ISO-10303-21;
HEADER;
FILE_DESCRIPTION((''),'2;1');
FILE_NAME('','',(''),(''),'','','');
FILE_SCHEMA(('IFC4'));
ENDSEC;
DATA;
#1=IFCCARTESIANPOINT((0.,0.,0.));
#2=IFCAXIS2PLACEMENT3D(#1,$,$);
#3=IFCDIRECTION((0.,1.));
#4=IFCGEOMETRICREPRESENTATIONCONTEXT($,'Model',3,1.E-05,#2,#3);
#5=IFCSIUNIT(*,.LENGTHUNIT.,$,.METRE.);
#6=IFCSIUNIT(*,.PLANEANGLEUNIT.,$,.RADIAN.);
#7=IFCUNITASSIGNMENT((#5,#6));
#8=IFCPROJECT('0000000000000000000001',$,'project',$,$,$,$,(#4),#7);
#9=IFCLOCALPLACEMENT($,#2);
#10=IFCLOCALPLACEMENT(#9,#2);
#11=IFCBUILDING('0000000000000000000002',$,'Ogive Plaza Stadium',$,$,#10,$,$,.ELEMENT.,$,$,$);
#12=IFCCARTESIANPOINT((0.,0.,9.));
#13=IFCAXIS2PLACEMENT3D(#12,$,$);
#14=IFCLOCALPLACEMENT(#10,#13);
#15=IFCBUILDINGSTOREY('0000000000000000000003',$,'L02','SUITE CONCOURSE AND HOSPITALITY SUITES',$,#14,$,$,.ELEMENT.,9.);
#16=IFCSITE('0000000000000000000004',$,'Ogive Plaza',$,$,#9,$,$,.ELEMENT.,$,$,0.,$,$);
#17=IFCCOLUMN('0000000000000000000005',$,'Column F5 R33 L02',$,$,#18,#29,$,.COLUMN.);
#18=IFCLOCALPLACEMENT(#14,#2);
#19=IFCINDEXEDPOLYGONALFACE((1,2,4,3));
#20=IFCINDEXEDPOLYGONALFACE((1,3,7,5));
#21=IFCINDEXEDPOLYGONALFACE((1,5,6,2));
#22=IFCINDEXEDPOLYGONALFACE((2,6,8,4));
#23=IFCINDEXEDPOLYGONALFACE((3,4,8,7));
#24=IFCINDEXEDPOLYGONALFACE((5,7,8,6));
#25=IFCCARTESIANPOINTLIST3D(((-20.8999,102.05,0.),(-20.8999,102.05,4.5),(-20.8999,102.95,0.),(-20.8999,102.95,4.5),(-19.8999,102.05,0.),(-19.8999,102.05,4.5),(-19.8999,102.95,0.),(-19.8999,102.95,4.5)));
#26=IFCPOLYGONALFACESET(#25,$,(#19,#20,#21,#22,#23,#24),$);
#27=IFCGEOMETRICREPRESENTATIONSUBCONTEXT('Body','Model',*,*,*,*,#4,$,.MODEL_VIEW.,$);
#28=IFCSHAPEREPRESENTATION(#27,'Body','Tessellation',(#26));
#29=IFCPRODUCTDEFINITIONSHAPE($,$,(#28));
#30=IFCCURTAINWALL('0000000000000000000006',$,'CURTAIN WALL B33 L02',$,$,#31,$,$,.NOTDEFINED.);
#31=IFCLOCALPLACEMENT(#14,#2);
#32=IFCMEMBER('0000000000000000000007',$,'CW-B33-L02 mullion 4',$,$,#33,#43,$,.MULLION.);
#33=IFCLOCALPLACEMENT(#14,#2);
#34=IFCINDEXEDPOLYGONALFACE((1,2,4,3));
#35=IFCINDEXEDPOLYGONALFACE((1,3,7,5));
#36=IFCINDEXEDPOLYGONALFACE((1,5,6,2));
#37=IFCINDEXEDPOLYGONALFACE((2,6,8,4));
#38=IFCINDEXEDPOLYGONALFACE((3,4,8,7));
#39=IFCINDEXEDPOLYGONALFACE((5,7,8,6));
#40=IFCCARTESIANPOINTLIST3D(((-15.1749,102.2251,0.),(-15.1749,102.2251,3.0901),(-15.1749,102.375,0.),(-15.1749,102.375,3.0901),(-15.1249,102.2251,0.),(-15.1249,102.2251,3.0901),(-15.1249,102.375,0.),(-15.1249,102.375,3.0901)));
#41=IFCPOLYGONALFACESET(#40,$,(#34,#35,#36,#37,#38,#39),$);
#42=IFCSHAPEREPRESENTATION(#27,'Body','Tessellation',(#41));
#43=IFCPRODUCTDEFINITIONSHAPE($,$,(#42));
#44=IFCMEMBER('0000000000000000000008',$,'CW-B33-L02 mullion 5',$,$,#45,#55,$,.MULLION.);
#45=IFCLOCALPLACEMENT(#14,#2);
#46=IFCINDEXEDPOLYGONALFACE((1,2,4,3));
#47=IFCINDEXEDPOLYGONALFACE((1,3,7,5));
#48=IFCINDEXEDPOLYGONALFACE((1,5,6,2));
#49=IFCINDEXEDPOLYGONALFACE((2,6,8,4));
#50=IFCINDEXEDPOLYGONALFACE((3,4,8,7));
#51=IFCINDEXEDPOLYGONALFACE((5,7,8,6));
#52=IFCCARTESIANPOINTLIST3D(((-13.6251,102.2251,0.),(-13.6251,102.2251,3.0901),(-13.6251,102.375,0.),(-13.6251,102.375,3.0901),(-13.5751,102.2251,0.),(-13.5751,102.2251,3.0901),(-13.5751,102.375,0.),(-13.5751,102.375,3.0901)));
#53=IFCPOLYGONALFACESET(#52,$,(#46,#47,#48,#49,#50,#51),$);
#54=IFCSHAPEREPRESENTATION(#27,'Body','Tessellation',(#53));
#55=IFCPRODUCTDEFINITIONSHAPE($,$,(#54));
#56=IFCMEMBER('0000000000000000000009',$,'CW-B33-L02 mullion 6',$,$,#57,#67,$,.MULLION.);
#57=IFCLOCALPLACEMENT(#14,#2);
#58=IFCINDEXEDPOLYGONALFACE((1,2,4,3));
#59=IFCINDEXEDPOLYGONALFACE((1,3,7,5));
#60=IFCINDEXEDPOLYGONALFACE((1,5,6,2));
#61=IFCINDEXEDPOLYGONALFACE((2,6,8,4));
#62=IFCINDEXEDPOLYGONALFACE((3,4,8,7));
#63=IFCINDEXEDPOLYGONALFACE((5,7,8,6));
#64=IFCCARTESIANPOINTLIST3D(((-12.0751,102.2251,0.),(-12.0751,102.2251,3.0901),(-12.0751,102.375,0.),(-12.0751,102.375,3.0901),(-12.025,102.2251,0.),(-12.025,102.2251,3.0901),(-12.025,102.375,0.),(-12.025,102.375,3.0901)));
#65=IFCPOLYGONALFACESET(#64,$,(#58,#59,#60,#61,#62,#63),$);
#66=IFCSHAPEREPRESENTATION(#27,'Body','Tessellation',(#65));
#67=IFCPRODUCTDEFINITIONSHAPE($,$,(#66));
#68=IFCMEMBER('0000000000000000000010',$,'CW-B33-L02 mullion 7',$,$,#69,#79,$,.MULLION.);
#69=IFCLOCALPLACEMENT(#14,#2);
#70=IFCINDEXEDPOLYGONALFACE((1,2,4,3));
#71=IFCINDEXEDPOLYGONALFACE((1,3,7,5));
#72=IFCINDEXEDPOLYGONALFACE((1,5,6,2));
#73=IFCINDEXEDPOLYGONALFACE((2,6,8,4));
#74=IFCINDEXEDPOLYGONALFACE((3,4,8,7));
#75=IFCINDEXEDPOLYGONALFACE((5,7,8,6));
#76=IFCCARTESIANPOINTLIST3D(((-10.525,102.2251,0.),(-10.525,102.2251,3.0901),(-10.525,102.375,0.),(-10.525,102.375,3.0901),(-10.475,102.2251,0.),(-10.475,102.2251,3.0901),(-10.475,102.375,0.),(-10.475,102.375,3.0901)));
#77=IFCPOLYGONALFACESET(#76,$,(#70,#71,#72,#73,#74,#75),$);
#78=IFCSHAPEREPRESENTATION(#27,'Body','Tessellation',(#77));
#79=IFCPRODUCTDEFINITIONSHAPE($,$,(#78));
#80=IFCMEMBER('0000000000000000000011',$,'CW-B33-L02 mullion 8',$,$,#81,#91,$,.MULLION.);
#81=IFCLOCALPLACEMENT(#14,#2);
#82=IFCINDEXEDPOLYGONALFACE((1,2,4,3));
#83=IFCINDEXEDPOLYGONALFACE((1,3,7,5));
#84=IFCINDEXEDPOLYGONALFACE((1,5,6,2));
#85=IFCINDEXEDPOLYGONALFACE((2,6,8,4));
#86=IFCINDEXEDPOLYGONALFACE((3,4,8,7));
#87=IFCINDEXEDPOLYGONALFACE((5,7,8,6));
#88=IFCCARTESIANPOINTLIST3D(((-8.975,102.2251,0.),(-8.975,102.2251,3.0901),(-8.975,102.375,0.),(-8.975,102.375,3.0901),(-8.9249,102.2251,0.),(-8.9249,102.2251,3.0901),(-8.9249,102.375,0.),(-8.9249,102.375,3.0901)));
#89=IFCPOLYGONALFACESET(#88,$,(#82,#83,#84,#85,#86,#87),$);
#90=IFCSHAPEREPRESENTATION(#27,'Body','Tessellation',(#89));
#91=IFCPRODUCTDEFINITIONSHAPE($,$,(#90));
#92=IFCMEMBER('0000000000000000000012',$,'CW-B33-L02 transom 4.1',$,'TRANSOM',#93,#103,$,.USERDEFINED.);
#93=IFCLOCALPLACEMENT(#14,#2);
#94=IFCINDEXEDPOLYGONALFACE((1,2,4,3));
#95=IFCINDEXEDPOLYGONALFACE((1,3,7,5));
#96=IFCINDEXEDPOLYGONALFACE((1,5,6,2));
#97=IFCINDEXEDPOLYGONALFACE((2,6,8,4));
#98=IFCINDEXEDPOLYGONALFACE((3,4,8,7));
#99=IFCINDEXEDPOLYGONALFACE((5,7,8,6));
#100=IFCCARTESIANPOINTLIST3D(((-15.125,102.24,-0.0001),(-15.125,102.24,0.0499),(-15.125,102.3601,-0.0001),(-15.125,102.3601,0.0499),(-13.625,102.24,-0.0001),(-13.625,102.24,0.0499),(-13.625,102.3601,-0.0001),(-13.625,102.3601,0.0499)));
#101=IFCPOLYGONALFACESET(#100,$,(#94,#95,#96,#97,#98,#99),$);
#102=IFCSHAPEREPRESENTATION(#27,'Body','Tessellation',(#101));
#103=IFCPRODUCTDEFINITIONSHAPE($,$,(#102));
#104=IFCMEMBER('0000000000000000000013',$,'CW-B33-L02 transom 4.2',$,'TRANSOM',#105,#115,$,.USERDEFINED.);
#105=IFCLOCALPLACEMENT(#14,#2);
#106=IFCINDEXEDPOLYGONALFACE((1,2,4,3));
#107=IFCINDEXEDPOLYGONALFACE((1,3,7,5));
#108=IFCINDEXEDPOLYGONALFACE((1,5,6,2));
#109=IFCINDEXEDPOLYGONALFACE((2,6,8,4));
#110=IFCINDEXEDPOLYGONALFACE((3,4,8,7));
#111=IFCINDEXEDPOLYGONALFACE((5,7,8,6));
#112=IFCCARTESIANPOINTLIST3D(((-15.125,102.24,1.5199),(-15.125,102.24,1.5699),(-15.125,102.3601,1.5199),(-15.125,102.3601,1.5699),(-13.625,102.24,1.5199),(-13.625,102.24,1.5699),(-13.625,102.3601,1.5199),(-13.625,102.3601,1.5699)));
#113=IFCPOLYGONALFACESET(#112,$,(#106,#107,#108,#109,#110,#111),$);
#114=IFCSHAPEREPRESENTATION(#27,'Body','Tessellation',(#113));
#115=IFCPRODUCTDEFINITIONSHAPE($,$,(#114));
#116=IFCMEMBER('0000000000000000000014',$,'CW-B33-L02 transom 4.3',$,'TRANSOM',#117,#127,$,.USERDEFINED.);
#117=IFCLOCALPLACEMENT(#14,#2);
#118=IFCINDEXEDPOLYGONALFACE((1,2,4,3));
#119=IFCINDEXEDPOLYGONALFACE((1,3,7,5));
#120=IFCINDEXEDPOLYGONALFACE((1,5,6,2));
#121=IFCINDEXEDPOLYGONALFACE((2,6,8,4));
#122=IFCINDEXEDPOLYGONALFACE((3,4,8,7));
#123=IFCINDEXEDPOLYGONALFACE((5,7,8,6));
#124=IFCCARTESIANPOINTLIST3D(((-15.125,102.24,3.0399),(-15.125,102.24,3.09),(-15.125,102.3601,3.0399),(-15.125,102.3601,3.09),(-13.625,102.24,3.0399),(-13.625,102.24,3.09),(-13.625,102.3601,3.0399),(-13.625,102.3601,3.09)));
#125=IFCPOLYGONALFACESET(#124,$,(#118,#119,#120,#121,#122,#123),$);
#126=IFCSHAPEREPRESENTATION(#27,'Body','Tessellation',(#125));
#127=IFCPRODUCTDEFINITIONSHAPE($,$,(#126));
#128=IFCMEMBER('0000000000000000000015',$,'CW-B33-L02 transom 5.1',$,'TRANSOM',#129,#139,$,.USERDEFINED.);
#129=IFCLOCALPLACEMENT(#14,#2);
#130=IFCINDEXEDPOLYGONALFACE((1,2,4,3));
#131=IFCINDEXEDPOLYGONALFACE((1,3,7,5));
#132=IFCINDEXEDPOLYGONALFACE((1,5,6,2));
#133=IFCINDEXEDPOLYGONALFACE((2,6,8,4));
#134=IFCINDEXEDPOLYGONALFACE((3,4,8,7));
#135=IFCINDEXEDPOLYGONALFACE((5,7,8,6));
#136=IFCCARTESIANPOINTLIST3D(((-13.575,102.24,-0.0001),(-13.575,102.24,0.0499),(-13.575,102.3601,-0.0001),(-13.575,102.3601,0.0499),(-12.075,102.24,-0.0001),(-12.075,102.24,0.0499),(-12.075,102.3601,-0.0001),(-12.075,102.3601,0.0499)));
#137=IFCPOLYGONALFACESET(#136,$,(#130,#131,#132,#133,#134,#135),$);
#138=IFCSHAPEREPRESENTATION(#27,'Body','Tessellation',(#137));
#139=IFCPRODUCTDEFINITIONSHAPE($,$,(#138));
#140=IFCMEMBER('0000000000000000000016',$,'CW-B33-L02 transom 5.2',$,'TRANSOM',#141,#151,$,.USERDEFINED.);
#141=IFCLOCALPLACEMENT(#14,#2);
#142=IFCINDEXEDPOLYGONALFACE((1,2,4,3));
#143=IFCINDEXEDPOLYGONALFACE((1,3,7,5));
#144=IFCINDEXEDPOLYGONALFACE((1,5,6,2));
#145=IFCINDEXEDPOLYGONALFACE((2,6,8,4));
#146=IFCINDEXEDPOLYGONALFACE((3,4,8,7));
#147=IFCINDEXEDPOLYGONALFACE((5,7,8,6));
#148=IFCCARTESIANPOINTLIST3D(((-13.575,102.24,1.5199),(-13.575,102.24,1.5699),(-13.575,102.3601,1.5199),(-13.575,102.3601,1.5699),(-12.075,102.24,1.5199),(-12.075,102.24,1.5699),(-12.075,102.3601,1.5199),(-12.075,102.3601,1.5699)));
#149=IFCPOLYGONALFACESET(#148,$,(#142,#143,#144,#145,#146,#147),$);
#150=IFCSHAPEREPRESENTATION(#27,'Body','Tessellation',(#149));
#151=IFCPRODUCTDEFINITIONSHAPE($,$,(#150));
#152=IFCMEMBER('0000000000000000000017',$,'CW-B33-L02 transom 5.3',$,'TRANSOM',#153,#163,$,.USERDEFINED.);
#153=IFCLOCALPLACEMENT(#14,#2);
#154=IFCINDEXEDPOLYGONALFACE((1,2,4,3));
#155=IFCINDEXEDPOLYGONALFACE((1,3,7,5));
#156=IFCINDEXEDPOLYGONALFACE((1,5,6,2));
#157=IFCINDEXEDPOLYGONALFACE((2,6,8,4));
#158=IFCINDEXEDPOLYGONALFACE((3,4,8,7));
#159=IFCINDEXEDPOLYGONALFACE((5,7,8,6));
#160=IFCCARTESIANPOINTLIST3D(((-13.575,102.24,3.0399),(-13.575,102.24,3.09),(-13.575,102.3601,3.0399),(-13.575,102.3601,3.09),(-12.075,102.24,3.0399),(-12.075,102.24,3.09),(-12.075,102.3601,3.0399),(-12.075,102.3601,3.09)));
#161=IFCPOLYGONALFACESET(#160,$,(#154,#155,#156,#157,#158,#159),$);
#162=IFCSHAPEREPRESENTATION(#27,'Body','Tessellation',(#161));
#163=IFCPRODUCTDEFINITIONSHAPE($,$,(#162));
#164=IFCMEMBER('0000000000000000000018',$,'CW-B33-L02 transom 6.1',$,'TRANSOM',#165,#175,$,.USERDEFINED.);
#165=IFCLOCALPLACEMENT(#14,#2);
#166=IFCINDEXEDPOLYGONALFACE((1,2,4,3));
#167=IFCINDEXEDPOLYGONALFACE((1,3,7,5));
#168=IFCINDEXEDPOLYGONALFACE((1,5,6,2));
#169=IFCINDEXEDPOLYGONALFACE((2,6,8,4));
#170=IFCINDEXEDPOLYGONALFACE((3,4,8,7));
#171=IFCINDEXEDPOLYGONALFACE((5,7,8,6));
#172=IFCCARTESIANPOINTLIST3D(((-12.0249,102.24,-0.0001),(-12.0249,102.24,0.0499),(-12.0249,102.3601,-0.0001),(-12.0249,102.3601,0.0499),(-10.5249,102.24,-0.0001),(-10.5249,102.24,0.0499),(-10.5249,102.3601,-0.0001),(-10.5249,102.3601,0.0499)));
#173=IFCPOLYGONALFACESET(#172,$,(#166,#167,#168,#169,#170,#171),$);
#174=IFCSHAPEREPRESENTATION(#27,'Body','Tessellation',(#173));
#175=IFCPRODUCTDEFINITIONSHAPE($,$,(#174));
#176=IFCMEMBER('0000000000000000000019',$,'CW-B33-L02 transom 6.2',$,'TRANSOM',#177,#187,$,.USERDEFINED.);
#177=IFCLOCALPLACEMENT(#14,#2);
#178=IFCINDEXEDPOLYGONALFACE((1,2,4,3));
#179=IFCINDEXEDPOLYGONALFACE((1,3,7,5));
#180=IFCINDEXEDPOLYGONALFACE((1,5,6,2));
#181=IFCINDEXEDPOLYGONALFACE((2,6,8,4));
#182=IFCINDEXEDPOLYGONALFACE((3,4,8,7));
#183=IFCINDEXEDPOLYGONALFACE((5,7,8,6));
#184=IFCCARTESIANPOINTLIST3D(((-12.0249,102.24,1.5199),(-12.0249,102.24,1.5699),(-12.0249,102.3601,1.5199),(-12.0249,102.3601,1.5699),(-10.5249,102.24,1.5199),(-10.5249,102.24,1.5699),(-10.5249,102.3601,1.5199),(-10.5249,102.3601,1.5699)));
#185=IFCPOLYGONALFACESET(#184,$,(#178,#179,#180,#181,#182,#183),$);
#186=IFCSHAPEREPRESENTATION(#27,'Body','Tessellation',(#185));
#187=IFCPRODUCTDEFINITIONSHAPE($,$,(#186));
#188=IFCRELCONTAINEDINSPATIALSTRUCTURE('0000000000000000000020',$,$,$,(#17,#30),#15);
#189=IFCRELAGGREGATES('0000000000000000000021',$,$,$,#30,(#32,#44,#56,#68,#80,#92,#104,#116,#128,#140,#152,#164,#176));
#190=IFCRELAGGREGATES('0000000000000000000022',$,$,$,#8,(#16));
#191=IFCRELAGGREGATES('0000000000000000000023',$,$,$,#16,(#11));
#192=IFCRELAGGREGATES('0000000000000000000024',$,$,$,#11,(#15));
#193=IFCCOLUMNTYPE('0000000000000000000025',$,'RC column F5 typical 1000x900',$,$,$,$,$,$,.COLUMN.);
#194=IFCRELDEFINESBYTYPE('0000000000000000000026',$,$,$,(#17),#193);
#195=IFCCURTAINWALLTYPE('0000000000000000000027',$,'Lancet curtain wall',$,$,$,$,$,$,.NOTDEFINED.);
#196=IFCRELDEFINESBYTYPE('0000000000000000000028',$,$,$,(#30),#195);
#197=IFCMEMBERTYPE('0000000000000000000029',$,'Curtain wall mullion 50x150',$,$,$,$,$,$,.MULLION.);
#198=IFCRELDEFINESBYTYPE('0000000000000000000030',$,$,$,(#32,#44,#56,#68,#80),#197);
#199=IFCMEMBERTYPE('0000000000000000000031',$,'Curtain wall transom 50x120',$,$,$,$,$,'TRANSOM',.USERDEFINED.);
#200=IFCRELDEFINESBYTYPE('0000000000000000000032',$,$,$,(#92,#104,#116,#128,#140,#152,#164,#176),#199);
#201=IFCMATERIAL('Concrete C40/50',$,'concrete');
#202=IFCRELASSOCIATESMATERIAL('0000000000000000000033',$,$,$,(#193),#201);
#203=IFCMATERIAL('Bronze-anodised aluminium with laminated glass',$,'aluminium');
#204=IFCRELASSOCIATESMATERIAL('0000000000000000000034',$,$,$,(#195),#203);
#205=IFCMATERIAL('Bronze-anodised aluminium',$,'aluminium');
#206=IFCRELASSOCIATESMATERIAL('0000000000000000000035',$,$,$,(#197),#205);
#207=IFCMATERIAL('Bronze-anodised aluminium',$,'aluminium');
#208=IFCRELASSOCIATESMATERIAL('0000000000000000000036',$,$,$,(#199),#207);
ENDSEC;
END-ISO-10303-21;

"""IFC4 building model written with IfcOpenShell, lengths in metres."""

from ifc_helpers import new_model, si_unit, direction, frame, origin, origin_2d, place, context, subcontext, project, spatial, rectangle, extrude, material, material_profile, profile_set, type_object, element, aggregate, save


model = new_model("IFC4")

# Units and contexts
model_context = context("Model", 3, precision=1e-05, world=origin(), true_north=direction((0.0, 1.0)))
body_context = subcontext(model_context, "Body", "Model", "MODEL_VIEW")
ifc_project = project(units=[si_unit("LENGTHUNIT", "METRE"), si_unit("PLANEANGLEUNIT", "RADIAN")], contexts=[model_context])

# Site, building, storey
site_placement = place(None, origin())
site = spatial("IfcSite", under=ifc_project, at=site_placement, Name="Ogive Plaza", CompositionType="ELEMENT", RefElevation=0.0)
building_placement = place(site_placement, origin())
building = spatial("IfcBuilding", under=site, at=building_placement, Name="Ogive Plaza Stadium", CompositionType="ELEMENT")
storey_placement = place(building_placement, frame((0.0, 0.0, 9.0)))
storey = spatial("IfcBuildingStorey", under=building, at=storey_placement, Name="L02", Description="SUITE CONCOURSE AND HOSPITALITY SUITES", CompositionType="ELEMENT", Elevation=9.0)

# Column
ifc_material_1 = material(Name="Concrete C40/50", Category="concrete")
ifc_material_profile_1 = material_profile(ifc_material_1, rectangle(XDim=1.0, YDim=0.8999, at=origin_2d()), Name="RC 1000x900")
ifc_profile_set_1 = profile_set([ifc_material_profile_1], Name="Concrete C40/50")
column_type = type_object("IfcColumnType", Name="RC column F5 typical 1000x900", PredefinedType="COLUMN", material=ifc_profile_set_1)
column_placement = place(storey_placement, frame((-20.3999, 102.5, 0.0), z_axis=(0.0, 0.0, 1.0), x_axis=(-1.0, 0.0, 0.0)))
element("IfcColumn", 1, at=column_placement, inside=storey, type_object=column_type, Name="Column F5 R33 L02", PredefinedType="COLUMN", context=body_context, shape_type="SweptSolid", body=[
    extrude(rectangle(XDim=1.0, YDim=0.8999, at=origin_2d()), origin(), (0.0, 0.0, 1.0), 4.5),
])

# Curtain wall, members
ifc_material_2 = material(Name="Bronze-anodised aluminium with laminated glass", Category="aluminium")
curtain_wall_type = type_object("IfcCurtainWallType", Name="Lancet curtain wall", PredefinedType="NOTDEFINED", material=ifc_material_2)
curtain_wall_placement = place(storey_placement, origin())
curtain_wall = element("IfcCurtainWall", 2, at=curtain_wall_placement, inside=storey, type_object=curtain_wall_type, Name="CURTAIN WALL B33 L02", PredefinedType="NOTDEFINED")
ifc_material_3 = material(Name="Bronze-anodised aluminium", Category="aluminium")
ifc_material_profile_2 = material_profile(ifc_material_3, rectangle(XDim=0.1499, YDim=0.05, at=origin_2d()), Name="AL 150x50")
ifc_profile_set_2 = profile_set([ifc_material_profile_2], Name="Bronze-anodised aluminium")
member_type_1 = type_object("IfcMemberType", Name="Curtain wall mullion 50x150", PredefinedType="MULLION", material=ifc_profile_set_2)
member_1_placement = place(storey_placement, frame((-15.1499, 102.3, 0.0), z_axis=(0.0, 0.0, 1.0), x_axis=(0.0, 1.0, 0.0)))
member_1 = element("IfcMember", 3, at=member_1_placement, type_object=member_type_1, Name="CW-B33-L02 mullion 4", PredefinedType="MULLION", context=body_context, shape_type="SweptSolid", body=[
    extrude(rectangle(XDim=0.1499, YDim=0.05, at=origin_2d()), origin(), (0.0, 0.0, 1.0), 3.0901),
])
member_2_placement = place(storey_placement, frame((-13.6001, 102.3, 0.0), z_axis=(0.0, 0.0, 1.0), x_axis=(0.0, 1.0, 0.0)))
member_2 = element("IfcMember", 4, at=member_2_placement, type_object=member_type_1, Name="CW-B33-L02 mullion 5", PredefinedType="MULLION", context=body_context, shape_type="SweptSolid", body=[
    extrude(rectangle(XDim=0.1499, YDim=0.05, at=origin_2d()), origin(), (0.0, 0.0, 1.0), 3.0901),
])
member_3_placement = place(storey_placement, frame((-12.05, 102.3, 0.0), z_axis=(0.0, 0.0, 1.0), x_axis=(0.0, 1.0, 0.0)))
member_3 = element("IfcMember", 5, at=member_3_placement, type_object=member_type_1, Name="CW-B33-L02 mullion 6", PredefinedType="MULLION", context=body_context, shape_type="SweptSolid", body=[
    extrude(rectangle(XDim=0.1499, YDim=0.05, at=origin_2d()), origin(), (0.0, 0.0, 1.0), 3.0901),
])
member_4_placement = place(storey_placement, frame((-10.5, 102.3, 0.0), z_axis=(0.0, 0.0, 1.0), x_axis=(0.0, 1.0, 0.0)))
member_4 = element("IfcMember", 6, at=member_4_placement, type_object=member_type_1, Name="CW-B33-L02 mullion 7", PredefinedType="MULLION", context=body_context, shape_type="SweptSolid", body=[
    extrude(rectangle(XDim=0.1499, YDim=0.05, at=origin_2d()), origin(), (0.0, 0.0, 1.0), 3.0901),
])
member_5_placement = place(storey_placement, frame((-8.95, 102.3, 0.0), z_axis=(0.0, 0.0, 1.0), x_axis=(0.0, 1.0, 0.0)))
member_5 = element("IfcMember", 7, at=member_5_placement, type_object=member_type_1, Name="CW-B33-L02 mullion 8", PredefinedType="MULLION", context=body_context, shape_type="SweptSolid", body=[
    extrude(rectangle(XDim=0.1499, YDim=0.05, at=origin_2d()), origin(), (0.0, 0.0, 1.0), 3.0901),
])
ifc_material_4 = material(Name="Bronze-anodised aluminium", Category="aluminium")
ifc_material_profile_3 = material_profile(ifc_material_4, rectangle(XDim=0.1201, YDim=0.05, at=origin_2d()), Name="AL 120x50")
ifc_profile_set_3 = profile_set([ifc_material_profile_3], Name="Bronze-anodised aluminium")
member_type_2 = type_object("IfcMemberType", Name="Curtain wall transom 50x120", ElementType="TRANSOM", PredefinedType="USERDEFINED", material=ifc_profile_set_3)
member_6_placement = place(storey_placement, frame((-15.125, 102.3, 0.0249), z_axis=(1.0, 0.0, 0.0), x_axis=(0.0, 1.0, 0.0)))
member_6 = element("IfcMember", 8, at=member_6_placement, type_object=member_type_2, Name="CW-B33-L02 transom 4.1", ObjectType="TRANSOM", PredefinedType="USERDEFINED", context=body_context, shape_type="SweptSolid", body=[
    extrude(rectangle(XDim=0.1201, YDim=0.05, at=origin_2d()), origin(), (0.0, 0.0, 1.0), 1.5),
])
member_7_placement = place(storey_placement, frame((-15.125, 102.3, 1.5449), z_axis=(1.0, 0.0, 0.0), x_axis=(0.0, 1.0, 0.0)))
member_7 = element("IfcMember", 9, at=member_7_placement, type_object=member_type_2, Name="CW-B33-L02 transom 4.2", ObjectType="TRANSOM", PredefinedType="USERDEFINED", context=body_context, shape_type="SweptSolid", body=[
    extrude(rectangle(XDim=0.1201, YDim=0.05, at=origin_2d()), origin(), (0.0, 0.0, 1.0), 1.5),
])
member_8_placement = place(storey_placement, frame((-15.125, 102.3, 3.0649), z_axis=(1.0, 0.0, 0.0), x_axis=(0.0, 1.0, 0.0)))
member_8 = element("IfcMember", 10, at=member_8_placement, type_object=member_type_2, Name="CW-B33-L02 transom 4.3", ObjectType="TRANSOM", PredefinedType="USERDEFINED", context=body_context, shape_type="SweptSolid", body=[
    extrude(rectangle(XDim=0.1201, YDim=0.05, at=origin_2d()), origin(), (0.0, 0.0, 1.0), 1.5),
])
member_9_placement = place(storey_placement, frame((-13.575, 102.3, 0.0249), z_axis=(1.0, 0.0, 0.0), x_axis=(0.0, 1.0, 0.0)))
member_9 = element("IfcMember", 11, at=member_9_placement, type_object=member_type_2, Name="CW-B33-L02 transom 5.1", ObjectType="TRANSOM", PredefinedType="USERDEFINED", context=body_context, shape_type="SweptSolid", body=[
    extrude(rectangle(XDim=0.1201, YDim=0.05, at=origin_2d()), origin(), (0.0, 0.0, 1.0), 1.5),
])
member_10_placement = place(storey_placement, frame((-13.575, 102.3, 1.5449), z_axis=(1.0, 0.0, 0.0), x_axis=(0.0, 1.0, 0.0)))
member_10 = element("IfcMember", 12, at=member_10_placement, type_object=member_type_2, Name="CW-B33-L02 transom 5.2", ObjectType="TRANSOM", PredefinedType="USERDEFINED", context=body_context, shape_type="SweptSolid", body=[
    extrude(rectangle(XDim=0.1201, YDim=0.05, at=origin_2d()), origin(), (0.0, 0.0, 1.0), 1.5),
])
member_11_placement = place(storey_placement, frame((-13.575, 102.3, 3.0649), z_axis=(1.0, 0.0, 0.0), x_axis=(0.0, 1.0, 0.0)))
member_11 = element("IfcMember", 13, at=member_11_placement, type_object=member_type_2, Name="CW-B33-L02 transom 5.3", ObjectType="TRANSOM", PredefinedType="USERDEFINED", context=body_context, shape_type="SweptSolid", body=[
    extrude(rectangle(XDim=0.1201, YDim=0.05, at=origin_2d()), origin(), (0.0, 0.0, 1.0), 1.5),
])
member_12_placement = place(storey_placement, frame((-12.0249, 102.3, 0.0249), z_axis=(1.0, 0.0, 0.0), x_axis=(0.0, 1.0, 0.0)))
member_12 = element("IfcMember", 14, at=member_12_placement, type_object=member_type_2, Name="CW-B33-L02 transom 6.1", ObjectType="TRANSOM", PredefinedType="USERDEFINED", context=body_context, shape_type="SweptSolid", body=[
    extrude(rectangle(XDim=0.1201, YDim=0.05, at=origin_2d()), origin(), (0.0, 0.0, 1.0), 1.5),
])
member_13_placement = place(storey_placement, frame((-12.0249, 102.3, 1.5449), z_axis=(1.0, 0.0, 0.0), x_axis=(0.0, 1.0, 0.0)))
member_13 = element("IfcMember", 15, at=member_13_placement, type_object=member_type_2, Name="CW-B33-L02 transom 6.2", ObjectType="TRANSOM", PredefinedType="USERDEFINED", context=body_context, shape_type="SweptSolid", body=[
    extrude(rectangle(XDim=0.1201, YDim=0.05, at=origin_2d()), origin(), (0.0, 0.0, 1.0), 1.5),
])

aggregate(curtain_wall, [member_1, member_2, member_3, member_4, member_5, member_6, member_7, member_8, member_9, member_10, member_11, member_12, member_13])

save(model, "model.ifc")
